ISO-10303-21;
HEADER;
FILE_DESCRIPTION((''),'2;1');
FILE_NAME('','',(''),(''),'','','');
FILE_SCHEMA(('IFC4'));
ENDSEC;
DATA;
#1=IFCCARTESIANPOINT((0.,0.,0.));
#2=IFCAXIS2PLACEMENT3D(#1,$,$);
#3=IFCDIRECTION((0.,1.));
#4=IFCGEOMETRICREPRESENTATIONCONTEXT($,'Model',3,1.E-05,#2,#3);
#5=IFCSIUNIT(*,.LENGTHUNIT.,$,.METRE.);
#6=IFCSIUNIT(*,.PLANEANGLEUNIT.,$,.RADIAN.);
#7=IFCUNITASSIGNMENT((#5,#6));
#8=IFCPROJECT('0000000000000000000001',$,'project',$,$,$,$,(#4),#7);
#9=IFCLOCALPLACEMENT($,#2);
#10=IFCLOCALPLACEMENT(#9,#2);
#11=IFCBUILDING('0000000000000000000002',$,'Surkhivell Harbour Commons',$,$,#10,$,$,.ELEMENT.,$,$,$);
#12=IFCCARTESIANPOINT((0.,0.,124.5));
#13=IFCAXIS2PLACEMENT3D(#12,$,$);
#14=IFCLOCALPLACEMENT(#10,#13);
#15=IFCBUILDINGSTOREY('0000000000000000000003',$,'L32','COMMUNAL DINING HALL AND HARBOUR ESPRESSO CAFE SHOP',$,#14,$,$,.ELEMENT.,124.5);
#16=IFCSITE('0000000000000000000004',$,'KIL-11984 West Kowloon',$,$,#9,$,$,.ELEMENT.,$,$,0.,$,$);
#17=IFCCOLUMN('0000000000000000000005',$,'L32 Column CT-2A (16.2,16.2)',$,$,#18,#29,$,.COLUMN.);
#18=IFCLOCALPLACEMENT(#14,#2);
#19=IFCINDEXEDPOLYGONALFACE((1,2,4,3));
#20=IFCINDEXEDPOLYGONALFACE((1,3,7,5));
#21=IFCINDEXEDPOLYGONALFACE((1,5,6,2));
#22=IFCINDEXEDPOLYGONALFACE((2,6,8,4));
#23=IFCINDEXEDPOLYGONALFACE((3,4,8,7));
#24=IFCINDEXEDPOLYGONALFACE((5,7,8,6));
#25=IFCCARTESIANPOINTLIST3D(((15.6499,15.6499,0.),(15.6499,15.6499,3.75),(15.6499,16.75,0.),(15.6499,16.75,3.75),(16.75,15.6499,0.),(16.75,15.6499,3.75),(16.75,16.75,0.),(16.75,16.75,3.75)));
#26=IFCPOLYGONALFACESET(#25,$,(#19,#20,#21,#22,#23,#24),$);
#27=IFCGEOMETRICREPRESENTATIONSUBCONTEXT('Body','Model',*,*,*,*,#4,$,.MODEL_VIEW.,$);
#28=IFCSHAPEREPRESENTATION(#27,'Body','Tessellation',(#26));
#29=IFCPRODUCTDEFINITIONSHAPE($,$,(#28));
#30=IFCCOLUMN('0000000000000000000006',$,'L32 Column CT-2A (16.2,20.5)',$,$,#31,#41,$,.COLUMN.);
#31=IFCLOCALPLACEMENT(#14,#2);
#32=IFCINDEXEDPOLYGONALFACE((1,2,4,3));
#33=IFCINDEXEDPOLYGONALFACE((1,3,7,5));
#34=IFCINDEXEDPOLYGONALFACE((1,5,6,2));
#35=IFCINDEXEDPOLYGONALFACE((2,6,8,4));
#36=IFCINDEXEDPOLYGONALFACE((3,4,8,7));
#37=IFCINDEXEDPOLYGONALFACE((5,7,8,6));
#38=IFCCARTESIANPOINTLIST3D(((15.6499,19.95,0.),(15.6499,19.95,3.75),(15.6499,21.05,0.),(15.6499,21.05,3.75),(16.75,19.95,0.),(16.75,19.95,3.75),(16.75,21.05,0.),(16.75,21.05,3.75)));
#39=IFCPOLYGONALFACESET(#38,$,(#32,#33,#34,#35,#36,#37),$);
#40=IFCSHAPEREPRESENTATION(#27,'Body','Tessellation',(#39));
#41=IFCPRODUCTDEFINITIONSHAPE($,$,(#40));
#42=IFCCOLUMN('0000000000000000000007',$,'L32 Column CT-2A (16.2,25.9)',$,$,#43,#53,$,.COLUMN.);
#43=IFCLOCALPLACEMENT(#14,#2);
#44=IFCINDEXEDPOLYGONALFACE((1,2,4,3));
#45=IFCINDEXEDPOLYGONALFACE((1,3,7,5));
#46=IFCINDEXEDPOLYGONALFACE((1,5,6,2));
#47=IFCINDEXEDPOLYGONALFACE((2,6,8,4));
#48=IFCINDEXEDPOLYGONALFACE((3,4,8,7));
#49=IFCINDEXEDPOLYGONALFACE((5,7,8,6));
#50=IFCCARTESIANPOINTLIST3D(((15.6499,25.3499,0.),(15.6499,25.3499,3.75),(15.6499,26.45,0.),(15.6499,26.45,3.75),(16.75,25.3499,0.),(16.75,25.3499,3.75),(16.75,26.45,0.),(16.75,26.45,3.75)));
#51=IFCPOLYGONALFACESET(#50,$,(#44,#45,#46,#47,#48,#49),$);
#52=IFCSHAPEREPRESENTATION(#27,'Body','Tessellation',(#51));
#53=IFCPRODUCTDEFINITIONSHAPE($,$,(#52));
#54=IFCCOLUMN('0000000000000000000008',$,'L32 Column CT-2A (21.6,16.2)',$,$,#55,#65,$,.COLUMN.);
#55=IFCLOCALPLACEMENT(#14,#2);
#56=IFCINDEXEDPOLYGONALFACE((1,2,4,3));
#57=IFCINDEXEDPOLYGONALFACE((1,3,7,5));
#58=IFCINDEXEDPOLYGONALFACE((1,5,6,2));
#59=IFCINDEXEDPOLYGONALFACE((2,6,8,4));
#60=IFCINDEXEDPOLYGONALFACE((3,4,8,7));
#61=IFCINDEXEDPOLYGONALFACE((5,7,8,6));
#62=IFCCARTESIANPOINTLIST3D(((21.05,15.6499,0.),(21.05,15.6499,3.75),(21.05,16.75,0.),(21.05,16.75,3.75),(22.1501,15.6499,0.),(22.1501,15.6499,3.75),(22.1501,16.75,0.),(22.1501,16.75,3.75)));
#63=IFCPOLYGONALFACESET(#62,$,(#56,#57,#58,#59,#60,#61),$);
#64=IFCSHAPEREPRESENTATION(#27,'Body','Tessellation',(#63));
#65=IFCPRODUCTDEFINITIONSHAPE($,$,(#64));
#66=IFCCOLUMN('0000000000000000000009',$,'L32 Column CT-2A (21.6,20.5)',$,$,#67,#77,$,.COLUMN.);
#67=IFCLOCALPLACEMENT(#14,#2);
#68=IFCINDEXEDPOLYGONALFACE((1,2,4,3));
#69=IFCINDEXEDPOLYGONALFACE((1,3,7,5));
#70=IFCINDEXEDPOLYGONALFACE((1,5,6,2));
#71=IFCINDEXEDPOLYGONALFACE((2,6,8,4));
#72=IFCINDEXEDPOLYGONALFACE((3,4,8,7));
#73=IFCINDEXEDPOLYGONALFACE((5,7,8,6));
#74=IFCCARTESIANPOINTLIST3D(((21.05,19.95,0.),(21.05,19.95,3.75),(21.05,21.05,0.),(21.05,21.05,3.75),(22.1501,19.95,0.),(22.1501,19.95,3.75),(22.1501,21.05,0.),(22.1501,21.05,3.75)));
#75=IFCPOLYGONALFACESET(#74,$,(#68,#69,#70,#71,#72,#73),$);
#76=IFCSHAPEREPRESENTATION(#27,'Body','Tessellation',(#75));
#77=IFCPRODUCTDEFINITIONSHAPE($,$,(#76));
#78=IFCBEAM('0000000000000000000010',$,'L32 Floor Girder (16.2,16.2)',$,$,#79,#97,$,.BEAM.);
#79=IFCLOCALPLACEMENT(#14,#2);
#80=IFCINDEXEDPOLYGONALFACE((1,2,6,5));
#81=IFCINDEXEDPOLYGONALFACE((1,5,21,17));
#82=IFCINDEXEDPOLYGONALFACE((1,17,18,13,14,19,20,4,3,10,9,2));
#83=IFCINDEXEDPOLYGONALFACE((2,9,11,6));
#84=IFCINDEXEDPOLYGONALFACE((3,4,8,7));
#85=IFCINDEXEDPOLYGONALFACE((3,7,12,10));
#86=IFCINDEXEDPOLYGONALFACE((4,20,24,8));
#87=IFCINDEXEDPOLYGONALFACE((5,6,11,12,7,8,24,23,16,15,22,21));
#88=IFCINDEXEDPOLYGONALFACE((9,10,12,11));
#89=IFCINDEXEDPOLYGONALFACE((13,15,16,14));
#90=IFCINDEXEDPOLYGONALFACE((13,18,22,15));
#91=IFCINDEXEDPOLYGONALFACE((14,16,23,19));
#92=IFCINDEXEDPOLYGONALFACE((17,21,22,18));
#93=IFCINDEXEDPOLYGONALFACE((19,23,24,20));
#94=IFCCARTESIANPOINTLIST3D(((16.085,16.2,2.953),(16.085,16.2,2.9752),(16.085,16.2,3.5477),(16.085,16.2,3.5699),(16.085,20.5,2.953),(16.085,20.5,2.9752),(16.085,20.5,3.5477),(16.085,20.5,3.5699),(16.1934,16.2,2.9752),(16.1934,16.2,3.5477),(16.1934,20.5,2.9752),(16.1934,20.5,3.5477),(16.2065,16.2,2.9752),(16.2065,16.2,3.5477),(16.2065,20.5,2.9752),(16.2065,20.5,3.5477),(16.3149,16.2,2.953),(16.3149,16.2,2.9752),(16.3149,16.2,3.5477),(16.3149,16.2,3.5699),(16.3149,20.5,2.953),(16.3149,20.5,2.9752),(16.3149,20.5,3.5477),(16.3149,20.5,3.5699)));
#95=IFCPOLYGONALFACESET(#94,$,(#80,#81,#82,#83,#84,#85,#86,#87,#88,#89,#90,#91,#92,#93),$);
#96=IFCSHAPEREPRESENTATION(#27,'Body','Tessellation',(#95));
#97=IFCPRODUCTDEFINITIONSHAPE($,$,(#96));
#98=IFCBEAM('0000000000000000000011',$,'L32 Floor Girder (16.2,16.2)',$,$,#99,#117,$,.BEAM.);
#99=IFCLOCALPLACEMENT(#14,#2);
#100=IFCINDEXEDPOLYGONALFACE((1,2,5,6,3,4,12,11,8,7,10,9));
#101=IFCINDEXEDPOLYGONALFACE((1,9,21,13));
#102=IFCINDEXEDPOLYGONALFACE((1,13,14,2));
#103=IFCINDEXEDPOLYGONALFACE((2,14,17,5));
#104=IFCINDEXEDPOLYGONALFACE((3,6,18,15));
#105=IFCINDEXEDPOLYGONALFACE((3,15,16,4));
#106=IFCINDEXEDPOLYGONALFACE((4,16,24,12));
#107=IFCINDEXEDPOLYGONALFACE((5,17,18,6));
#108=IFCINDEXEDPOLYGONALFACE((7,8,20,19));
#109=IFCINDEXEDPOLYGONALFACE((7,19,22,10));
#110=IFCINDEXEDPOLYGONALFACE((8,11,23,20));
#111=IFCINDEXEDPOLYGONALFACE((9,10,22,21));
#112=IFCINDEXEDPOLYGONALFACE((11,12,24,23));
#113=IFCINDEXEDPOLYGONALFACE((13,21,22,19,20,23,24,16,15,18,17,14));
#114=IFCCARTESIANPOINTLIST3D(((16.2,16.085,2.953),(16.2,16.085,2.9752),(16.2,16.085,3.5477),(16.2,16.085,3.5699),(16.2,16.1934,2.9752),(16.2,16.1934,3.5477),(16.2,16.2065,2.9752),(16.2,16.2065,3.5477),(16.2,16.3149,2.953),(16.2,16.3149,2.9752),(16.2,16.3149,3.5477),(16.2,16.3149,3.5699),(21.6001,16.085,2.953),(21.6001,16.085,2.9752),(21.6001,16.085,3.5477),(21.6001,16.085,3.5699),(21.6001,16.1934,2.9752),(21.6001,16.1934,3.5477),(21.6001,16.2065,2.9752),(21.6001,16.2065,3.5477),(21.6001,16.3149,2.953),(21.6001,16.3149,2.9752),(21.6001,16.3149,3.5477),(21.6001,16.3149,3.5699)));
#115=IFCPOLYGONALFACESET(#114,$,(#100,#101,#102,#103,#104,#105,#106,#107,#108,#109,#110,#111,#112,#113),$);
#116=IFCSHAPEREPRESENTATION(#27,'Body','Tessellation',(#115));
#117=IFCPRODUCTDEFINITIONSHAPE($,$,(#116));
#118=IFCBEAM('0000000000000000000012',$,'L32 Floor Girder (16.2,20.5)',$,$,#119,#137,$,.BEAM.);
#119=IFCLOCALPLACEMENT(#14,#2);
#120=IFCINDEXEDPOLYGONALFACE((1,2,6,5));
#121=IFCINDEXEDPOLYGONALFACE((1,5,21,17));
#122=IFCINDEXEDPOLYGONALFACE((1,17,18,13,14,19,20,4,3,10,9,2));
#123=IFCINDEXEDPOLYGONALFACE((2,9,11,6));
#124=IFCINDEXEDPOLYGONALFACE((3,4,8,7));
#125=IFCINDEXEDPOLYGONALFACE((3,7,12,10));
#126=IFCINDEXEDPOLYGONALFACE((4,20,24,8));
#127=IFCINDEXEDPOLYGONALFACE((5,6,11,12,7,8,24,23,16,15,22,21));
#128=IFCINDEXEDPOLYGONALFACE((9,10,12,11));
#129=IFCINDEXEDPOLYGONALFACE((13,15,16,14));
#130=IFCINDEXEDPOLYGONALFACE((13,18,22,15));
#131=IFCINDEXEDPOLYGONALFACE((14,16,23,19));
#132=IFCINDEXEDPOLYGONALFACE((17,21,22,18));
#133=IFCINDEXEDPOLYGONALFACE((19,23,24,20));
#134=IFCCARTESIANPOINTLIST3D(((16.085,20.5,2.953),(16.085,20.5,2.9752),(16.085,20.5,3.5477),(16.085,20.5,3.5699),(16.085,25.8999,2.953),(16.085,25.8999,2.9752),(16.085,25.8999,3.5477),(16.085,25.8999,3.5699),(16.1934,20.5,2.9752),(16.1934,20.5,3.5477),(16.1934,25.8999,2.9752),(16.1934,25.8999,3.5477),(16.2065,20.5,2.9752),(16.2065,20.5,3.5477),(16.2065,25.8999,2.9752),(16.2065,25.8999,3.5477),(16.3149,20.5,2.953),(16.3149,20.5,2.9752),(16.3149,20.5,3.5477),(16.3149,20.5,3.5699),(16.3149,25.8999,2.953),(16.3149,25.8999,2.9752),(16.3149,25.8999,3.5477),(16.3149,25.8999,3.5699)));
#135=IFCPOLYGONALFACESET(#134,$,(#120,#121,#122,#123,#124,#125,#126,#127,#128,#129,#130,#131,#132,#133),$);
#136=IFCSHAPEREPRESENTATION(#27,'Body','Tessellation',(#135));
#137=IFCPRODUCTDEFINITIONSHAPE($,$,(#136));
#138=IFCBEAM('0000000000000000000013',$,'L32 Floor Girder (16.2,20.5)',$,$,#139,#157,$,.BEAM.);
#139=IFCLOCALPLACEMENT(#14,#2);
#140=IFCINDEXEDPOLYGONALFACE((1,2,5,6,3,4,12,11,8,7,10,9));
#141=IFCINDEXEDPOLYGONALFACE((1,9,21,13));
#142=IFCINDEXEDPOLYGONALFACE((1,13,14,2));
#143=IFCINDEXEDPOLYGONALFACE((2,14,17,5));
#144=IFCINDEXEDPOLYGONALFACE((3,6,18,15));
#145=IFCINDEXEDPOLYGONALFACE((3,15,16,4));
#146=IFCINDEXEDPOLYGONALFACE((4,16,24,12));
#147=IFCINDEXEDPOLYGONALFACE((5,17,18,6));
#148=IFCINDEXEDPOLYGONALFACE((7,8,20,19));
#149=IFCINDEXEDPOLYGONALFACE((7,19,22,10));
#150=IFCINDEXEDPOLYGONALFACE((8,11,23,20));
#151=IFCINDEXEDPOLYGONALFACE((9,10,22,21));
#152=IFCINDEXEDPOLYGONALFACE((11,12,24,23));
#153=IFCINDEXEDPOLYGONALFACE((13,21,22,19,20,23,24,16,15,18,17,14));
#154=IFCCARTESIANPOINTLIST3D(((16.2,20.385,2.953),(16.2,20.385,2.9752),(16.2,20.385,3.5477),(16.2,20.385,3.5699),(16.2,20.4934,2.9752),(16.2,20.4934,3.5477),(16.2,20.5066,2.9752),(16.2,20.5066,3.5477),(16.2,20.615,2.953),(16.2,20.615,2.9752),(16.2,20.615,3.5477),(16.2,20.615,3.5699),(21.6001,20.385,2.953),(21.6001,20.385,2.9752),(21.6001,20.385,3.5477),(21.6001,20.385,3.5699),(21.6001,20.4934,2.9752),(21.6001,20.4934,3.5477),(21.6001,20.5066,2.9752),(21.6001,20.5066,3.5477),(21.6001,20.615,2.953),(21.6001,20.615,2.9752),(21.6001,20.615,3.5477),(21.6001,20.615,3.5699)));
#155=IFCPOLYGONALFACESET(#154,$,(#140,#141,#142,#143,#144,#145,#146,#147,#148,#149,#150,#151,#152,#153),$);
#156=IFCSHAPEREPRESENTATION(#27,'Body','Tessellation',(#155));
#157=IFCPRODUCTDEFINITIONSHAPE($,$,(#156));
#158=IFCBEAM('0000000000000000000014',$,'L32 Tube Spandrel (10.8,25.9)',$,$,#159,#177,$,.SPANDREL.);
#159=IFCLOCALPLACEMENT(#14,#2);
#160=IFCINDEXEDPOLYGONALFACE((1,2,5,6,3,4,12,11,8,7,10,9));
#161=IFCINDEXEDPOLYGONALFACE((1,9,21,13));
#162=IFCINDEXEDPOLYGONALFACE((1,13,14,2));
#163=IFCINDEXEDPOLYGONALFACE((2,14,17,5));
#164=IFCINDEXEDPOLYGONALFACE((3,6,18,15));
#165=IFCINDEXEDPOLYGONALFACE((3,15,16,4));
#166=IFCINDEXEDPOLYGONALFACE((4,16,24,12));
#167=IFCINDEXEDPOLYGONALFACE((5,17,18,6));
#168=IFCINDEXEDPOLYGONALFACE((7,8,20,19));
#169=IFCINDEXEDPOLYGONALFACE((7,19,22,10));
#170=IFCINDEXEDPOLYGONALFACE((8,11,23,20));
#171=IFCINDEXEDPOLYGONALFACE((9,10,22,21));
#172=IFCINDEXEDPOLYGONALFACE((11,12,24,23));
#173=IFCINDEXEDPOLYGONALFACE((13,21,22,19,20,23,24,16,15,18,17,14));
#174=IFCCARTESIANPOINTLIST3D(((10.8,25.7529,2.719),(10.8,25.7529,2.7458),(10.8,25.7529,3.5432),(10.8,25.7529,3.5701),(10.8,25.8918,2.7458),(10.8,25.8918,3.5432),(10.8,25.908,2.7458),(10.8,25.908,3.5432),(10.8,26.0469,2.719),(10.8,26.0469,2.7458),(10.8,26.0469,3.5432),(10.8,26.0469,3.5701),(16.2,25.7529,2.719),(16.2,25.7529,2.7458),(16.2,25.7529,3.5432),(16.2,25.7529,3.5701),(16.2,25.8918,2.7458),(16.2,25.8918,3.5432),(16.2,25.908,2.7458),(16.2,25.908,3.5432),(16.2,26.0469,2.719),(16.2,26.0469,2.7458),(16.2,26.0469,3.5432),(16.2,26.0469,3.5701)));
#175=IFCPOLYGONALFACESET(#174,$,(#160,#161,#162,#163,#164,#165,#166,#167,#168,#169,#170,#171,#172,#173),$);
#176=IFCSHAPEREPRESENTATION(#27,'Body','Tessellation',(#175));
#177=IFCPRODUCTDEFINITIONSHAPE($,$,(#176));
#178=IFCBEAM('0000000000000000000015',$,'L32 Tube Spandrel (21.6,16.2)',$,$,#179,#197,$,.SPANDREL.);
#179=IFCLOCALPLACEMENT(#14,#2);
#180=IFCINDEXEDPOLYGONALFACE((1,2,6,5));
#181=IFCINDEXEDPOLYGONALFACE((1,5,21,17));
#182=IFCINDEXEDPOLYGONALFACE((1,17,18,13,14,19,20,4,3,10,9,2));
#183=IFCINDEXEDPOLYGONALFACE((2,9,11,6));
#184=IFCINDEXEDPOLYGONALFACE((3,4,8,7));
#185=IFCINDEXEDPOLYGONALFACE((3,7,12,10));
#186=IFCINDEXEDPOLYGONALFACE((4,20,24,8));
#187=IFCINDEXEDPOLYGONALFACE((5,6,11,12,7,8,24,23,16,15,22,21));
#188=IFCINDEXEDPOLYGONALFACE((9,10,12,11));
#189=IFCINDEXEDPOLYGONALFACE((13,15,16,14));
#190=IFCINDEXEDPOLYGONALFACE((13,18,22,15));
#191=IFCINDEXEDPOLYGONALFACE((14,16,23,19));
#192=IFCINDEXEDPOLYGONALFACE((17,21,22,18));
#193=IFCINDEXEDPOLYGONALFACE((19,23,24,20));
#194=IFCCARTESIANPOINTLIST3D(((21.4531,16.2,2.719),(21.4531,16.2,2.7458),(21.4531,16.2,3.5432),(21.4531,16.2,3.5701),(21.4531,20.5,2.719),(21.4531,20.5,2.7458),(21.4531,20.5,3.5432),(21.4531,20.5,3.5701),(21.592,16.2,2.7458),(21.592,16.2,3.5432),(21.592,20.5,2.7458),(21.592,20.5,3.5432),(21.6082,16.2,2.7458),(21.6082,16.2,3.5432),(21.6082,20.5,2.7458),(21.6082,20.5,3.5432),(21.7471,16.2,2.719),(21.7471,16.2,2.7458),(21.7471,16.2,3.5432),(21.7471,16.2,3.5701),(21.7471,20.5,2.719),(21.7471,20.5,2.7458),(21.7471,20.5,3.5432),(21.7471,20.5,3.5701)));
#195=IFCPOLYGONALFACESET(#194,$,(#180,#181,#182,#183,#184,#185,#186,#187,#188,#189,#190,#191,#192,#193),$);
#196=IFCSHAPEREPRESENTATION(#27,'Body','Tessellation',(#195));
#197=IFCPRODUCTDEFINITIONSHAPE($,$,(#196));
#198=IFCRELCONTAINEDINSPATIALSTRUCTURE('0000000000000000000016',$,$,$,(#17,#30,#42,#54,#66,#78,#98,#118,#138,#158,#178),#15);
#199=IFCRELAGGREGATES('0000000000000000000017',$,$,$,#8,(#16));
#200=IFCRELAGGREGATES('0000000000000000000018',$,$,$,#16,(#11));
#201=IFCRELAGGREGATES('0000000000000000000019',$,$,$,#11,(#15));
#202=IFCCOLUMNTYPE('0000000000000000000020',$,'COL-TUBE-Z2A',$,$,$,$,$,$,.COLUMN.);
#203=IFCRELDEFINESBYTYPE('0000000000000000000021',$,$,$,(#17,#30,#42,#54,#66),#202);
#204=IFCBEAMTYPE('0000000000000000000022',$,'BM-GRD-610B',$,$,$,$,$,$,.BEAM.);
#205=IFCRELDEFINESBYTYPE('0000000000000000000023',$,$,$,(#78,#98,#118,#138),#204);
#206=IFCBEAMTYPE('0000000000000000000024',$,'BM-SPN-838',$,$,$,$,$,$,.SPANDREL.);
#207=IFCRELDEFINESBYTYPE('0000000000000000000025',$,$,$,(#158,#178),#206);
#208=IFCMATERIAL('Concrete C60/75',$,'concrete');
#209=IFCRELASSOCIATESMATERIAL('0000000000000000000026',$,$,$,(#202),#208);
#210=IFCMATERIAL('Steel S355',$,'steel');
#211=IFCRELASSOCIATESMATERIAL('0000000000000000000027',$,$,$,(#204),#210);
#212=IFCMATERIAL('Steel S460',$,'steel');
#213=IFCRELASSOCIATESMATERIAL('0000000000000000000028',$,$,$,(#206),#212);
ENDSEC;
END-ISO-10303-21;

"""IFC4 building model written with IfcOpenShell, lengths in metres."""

from ifc_helpers import new_model, si_unit, direction, frame, origin, origin_2d, place, context, subcontext, project, spatial, rectangle, i_section, extrude, material, material_profile, profile_set, type_object, element, save


model = new_model("IFC4")

# Units and contexts
model_context = context("Model", 3, precision=1e-05, world=origin(), true_north=direction((0.0, 1.0)))
body_context = subcontext(model_context, "Body", "Model", "MODEL_VIEW")
ifc_project = project(units=[si_unit("LENGTHUNIT", "METRE"), si_unit("PLANEANGLEUNIT", "RADIAN")], contexts=[model_context])

# Site, building, storey
site_placement = place(None, origin())
site = spatial("IfcSite", under=ifc_project, at=site_placement, Name="KIL-11984 West Kowloon", CompositionType="ELEMENT", RefElevation=0.0)
building_placement = place(site_placement, origin())
building = spatial("IfcBuilding", under=site, at=building_placement, Name="Surkhivell Harbour Commons", CompositionType="ELEMENT")
storey_placement = place(building_placement, frame((0.0, 0.0, 124.5)))
storey = spatial("IfcBuildingStorey", under=building, at=storey_placement, Name="L32", Description="COMMUNAL DINING HALL AND HARBOUR ESPRESSO CAFE SHOP", CompositionType="ELEMENT", Elevation=124.5)

# Columns
ifc_material_1 = material(Name="Concrete C60/75", Category="concrete")
ifc_material_profile_1 = material_profile(ifc_material_1, rectangle(XDim=1.1001, YDim=1.1001, at=origin_2d()), Name="RC-COL-1100x1100")
ifc_profile_set_1 = profile_set([ifc_material_profile_1], Name="Concrete C60/75")
column_type = type_object("IfcColumnType", Name="COL-TUBE-Z2A", PredefinedType="COLUMN", material=ifc_profile_set_1)
for number, where, z_axis, x_axis, name in (
    (1, (16.2, 16.2, 0.0), (0.0, 0.0, 1.0), (1.0, 0.0, 0.0), "L32 Column CT-2A (16.2,16.2)"),
    (2, (16.2, 20.5, 0.0), (0.0, 0.0, 1.0), (1.0, 0.0, 0.0), "L32 Column CT-2A (16.2,20.5)"),
    (3, (16.2, 25.8999, 0.0), (0.0, 0.0, 1.0), (1.0, 0.0, 0.0), "L32 Column CT-2A (16.2,25.9)"),
    (4, (21.6001, 16.2, 0.0), (0.0, 0.0, 1.0), (1.0, 0.0, 0.0), "L32 Column CT-2A (21.6,16.2)"),
    (5, (21.6001, 20.5, 0.0), (0.0, 0.0, 1.0), (1.0, 0.0, 0.0), "L32 Column CT-2A (21.6,20.5)"),
):
    element("IfcColumn", number, at=place(storey_placement, frame(where, z_axis=z_axis, x_axis=x_axis)), inside=storey, type_object=column_type, Name=name, PredefinedType="COLUMN", context=body_context, shape_type="SweptSolid", body=[
        extrude(rectangle(XDim=1.1001, YDim=1.1001, at=origin_2d()), origin(), (0.0, 0.0, 1.0), 3.75),
    ])

# Beams
ifc_material_2 = material(Name="Steel S355", Category="steel")
ifc_material_profile_2 = material_profile(ifc_material_2, i_section(OverallWidth=0.23, OverallDepth=0.6169, WebThickness=0.0132, FlangeThickness=0.0222, at=origin_2d()), Name="UB610x229x140")
ifc_profile_set_2 = profile_set([ifc_material_profile_2], Name="Steel S355")
beam_type_1 = type_object("IfcBeamType", Name="BM-GRD-610B", PredefinedType="BEAM", material=ifc_profile_set_2)
beam_1_placement = place(storey_placement, frame((16.2, 16.2, 3.2615), z_axis=(0.0, 1.0, 0.0), x_axis=(-1.0, 0.0, 0.0)))
element("IfcBeam", 6, at=beam_1_placement, inside=storey, type_object=beam_type_1, Name="L32 Floor Girder (16.2,16.2)", PredefinedType="BEAM", context=body_context, shape_type="SweptSolid", body=[
    extrude(i_section(OverallWidth=0.23, OverallDepth=0.6169, WebThickness=0.0132, FlangeThickness=0.0222, at=origin_2d()), origin(), (0.0, 0.0, 1.0), 4.3),
])
beam_2_placement = place(storey_placement, frame((16.2, 16.2, 3.2615), z_axis=(1.0, 0.0, 0.0), x_axis=(0.0, 1.0, 0.0)))
element("IfcBeam", 7, at=beam_2_placement, inside=storey, type_object=beam_type_1, Name="L32 Floor Girder (16.2,16.2)", PredefinedType="BEAM", context=body_context, shape_type="SweptSolid", body=[
    extrude(i_section(OverallWidth=0.23, OverallDepth=0.6169, WebThickness=0.0132, FlangeThickness=0.0222, at=origin_2d()), origin(), (0.0, 0.0, 1.0), 5.4001),
])
beam_3_placement = place(storey_placement, frame((16.2, 20.5, 3.2615), z_axis=(0.0, 1.0, 0.0), x_axis=(-1.0, 0.0, 0.0)))
element("IfcBeam", 8, at=beam_3_placement, inside=storey, type_object=beam_type_1, Name="L32 Floor Girder (16.2,20.5)", PredefinedType="BEAM", context=body_context, shape_type="SweptSolid", body=[
    extrude(i_section(OverallWidth=0.23, OverallDepth=0.6169, WebThickness=0.0132, FlangeThickness=0.0222, at=origin_2d()), origin(), (0.0, 0.0, 1.0), 5.3999),
])
beam_4_placement = place(storey_placement, frame((16.2, 20.5, 3.2615), z_axis=(1.0, 0.0, 0.0), x_axis=(0.0, 1.0, 0.0)))
element("IfcBeam", 9, at=beam_4_placement, inside=storey, type_object=beam_type_1, Name="L32 Floor Girder (16.2,20.5)", PredefinedType="BEAM", context=body_context, shape_type="SweptSolid", body=[
    extrude(i_section(OverallWidth=0.23, OverallDepth=0.6169, WebThickness=0.0132, FlangeThickness=0.0222, at=origin_2d()), origin(), (0.0, 0.0, 1.0), 5.4001),
])
ifc_material_3 = material(Name="Steel S460", Category="steel")
ifc_material_profile_3 = material_profile(ifc_material_3, i_section(OverallWidth=0.2939, OverallDepth=0.8511, WebThickness=0.0161, FlangeThickness=0.0269, at=origin_2d()), Name="UB838x292x226")
ifc_profile_set_3 = profile_set([ifc_material_profile_3], Name="Steel S460")
beam_type_2 = type_object("IfcBeamType", Name="BM-SPN-838", PredefinedType="SPANDREL", material=ifc_profile_set_3)
beam_5_placement = place(storey_placement, frame((10.8, 25.8999, 3.1445), z_axis=(1.0, 0.0, 0.0), x_axis=(0.0, 1.0, 0.0)))
element("IfcBeam", 10, at=beam_5_placement, inside=storey, type_object=beam_type_2, Name="L32 Tube Spandrel (10.8,25.9)", PredefinedType="SPANDREL", context=body_context, shape_type="SweptSolid", body=[
    extrude(i_section(OverallWidth=0.2939, OverallDepth=0.8511, WebThickness=0.0161, FlangeThickness=0.0269, at=origin_2d()), origin(), (0.0, 0.0, 1.0), 5.3999),
])
beam_6_placement = place(storey_placement, frame((21.6001, 16.2, 3.1445), z_axis=(0.0, 1.0, 0.0), x_axis=(-1.0, 0.0, 0.0)))
element("IfcBeam", 11, at=beam_6_placement, inside=storey, type_object=beam_type_2, Name="L32 Tube Spandrel (21.6,16.2)", PredefinedType="SPANDREL", context=body_context, shape_type="SweptSolid", body=[
    extrude(i_section(OverallWidth=0.2939, OverallDepth=0.8511, WebThickness=0.0161, FlangeThickness=0.0269, at=origin_2d()), origin(), (0.0, 0.0, 1.0), 4.3),
])

save(model, "model.ifc")
